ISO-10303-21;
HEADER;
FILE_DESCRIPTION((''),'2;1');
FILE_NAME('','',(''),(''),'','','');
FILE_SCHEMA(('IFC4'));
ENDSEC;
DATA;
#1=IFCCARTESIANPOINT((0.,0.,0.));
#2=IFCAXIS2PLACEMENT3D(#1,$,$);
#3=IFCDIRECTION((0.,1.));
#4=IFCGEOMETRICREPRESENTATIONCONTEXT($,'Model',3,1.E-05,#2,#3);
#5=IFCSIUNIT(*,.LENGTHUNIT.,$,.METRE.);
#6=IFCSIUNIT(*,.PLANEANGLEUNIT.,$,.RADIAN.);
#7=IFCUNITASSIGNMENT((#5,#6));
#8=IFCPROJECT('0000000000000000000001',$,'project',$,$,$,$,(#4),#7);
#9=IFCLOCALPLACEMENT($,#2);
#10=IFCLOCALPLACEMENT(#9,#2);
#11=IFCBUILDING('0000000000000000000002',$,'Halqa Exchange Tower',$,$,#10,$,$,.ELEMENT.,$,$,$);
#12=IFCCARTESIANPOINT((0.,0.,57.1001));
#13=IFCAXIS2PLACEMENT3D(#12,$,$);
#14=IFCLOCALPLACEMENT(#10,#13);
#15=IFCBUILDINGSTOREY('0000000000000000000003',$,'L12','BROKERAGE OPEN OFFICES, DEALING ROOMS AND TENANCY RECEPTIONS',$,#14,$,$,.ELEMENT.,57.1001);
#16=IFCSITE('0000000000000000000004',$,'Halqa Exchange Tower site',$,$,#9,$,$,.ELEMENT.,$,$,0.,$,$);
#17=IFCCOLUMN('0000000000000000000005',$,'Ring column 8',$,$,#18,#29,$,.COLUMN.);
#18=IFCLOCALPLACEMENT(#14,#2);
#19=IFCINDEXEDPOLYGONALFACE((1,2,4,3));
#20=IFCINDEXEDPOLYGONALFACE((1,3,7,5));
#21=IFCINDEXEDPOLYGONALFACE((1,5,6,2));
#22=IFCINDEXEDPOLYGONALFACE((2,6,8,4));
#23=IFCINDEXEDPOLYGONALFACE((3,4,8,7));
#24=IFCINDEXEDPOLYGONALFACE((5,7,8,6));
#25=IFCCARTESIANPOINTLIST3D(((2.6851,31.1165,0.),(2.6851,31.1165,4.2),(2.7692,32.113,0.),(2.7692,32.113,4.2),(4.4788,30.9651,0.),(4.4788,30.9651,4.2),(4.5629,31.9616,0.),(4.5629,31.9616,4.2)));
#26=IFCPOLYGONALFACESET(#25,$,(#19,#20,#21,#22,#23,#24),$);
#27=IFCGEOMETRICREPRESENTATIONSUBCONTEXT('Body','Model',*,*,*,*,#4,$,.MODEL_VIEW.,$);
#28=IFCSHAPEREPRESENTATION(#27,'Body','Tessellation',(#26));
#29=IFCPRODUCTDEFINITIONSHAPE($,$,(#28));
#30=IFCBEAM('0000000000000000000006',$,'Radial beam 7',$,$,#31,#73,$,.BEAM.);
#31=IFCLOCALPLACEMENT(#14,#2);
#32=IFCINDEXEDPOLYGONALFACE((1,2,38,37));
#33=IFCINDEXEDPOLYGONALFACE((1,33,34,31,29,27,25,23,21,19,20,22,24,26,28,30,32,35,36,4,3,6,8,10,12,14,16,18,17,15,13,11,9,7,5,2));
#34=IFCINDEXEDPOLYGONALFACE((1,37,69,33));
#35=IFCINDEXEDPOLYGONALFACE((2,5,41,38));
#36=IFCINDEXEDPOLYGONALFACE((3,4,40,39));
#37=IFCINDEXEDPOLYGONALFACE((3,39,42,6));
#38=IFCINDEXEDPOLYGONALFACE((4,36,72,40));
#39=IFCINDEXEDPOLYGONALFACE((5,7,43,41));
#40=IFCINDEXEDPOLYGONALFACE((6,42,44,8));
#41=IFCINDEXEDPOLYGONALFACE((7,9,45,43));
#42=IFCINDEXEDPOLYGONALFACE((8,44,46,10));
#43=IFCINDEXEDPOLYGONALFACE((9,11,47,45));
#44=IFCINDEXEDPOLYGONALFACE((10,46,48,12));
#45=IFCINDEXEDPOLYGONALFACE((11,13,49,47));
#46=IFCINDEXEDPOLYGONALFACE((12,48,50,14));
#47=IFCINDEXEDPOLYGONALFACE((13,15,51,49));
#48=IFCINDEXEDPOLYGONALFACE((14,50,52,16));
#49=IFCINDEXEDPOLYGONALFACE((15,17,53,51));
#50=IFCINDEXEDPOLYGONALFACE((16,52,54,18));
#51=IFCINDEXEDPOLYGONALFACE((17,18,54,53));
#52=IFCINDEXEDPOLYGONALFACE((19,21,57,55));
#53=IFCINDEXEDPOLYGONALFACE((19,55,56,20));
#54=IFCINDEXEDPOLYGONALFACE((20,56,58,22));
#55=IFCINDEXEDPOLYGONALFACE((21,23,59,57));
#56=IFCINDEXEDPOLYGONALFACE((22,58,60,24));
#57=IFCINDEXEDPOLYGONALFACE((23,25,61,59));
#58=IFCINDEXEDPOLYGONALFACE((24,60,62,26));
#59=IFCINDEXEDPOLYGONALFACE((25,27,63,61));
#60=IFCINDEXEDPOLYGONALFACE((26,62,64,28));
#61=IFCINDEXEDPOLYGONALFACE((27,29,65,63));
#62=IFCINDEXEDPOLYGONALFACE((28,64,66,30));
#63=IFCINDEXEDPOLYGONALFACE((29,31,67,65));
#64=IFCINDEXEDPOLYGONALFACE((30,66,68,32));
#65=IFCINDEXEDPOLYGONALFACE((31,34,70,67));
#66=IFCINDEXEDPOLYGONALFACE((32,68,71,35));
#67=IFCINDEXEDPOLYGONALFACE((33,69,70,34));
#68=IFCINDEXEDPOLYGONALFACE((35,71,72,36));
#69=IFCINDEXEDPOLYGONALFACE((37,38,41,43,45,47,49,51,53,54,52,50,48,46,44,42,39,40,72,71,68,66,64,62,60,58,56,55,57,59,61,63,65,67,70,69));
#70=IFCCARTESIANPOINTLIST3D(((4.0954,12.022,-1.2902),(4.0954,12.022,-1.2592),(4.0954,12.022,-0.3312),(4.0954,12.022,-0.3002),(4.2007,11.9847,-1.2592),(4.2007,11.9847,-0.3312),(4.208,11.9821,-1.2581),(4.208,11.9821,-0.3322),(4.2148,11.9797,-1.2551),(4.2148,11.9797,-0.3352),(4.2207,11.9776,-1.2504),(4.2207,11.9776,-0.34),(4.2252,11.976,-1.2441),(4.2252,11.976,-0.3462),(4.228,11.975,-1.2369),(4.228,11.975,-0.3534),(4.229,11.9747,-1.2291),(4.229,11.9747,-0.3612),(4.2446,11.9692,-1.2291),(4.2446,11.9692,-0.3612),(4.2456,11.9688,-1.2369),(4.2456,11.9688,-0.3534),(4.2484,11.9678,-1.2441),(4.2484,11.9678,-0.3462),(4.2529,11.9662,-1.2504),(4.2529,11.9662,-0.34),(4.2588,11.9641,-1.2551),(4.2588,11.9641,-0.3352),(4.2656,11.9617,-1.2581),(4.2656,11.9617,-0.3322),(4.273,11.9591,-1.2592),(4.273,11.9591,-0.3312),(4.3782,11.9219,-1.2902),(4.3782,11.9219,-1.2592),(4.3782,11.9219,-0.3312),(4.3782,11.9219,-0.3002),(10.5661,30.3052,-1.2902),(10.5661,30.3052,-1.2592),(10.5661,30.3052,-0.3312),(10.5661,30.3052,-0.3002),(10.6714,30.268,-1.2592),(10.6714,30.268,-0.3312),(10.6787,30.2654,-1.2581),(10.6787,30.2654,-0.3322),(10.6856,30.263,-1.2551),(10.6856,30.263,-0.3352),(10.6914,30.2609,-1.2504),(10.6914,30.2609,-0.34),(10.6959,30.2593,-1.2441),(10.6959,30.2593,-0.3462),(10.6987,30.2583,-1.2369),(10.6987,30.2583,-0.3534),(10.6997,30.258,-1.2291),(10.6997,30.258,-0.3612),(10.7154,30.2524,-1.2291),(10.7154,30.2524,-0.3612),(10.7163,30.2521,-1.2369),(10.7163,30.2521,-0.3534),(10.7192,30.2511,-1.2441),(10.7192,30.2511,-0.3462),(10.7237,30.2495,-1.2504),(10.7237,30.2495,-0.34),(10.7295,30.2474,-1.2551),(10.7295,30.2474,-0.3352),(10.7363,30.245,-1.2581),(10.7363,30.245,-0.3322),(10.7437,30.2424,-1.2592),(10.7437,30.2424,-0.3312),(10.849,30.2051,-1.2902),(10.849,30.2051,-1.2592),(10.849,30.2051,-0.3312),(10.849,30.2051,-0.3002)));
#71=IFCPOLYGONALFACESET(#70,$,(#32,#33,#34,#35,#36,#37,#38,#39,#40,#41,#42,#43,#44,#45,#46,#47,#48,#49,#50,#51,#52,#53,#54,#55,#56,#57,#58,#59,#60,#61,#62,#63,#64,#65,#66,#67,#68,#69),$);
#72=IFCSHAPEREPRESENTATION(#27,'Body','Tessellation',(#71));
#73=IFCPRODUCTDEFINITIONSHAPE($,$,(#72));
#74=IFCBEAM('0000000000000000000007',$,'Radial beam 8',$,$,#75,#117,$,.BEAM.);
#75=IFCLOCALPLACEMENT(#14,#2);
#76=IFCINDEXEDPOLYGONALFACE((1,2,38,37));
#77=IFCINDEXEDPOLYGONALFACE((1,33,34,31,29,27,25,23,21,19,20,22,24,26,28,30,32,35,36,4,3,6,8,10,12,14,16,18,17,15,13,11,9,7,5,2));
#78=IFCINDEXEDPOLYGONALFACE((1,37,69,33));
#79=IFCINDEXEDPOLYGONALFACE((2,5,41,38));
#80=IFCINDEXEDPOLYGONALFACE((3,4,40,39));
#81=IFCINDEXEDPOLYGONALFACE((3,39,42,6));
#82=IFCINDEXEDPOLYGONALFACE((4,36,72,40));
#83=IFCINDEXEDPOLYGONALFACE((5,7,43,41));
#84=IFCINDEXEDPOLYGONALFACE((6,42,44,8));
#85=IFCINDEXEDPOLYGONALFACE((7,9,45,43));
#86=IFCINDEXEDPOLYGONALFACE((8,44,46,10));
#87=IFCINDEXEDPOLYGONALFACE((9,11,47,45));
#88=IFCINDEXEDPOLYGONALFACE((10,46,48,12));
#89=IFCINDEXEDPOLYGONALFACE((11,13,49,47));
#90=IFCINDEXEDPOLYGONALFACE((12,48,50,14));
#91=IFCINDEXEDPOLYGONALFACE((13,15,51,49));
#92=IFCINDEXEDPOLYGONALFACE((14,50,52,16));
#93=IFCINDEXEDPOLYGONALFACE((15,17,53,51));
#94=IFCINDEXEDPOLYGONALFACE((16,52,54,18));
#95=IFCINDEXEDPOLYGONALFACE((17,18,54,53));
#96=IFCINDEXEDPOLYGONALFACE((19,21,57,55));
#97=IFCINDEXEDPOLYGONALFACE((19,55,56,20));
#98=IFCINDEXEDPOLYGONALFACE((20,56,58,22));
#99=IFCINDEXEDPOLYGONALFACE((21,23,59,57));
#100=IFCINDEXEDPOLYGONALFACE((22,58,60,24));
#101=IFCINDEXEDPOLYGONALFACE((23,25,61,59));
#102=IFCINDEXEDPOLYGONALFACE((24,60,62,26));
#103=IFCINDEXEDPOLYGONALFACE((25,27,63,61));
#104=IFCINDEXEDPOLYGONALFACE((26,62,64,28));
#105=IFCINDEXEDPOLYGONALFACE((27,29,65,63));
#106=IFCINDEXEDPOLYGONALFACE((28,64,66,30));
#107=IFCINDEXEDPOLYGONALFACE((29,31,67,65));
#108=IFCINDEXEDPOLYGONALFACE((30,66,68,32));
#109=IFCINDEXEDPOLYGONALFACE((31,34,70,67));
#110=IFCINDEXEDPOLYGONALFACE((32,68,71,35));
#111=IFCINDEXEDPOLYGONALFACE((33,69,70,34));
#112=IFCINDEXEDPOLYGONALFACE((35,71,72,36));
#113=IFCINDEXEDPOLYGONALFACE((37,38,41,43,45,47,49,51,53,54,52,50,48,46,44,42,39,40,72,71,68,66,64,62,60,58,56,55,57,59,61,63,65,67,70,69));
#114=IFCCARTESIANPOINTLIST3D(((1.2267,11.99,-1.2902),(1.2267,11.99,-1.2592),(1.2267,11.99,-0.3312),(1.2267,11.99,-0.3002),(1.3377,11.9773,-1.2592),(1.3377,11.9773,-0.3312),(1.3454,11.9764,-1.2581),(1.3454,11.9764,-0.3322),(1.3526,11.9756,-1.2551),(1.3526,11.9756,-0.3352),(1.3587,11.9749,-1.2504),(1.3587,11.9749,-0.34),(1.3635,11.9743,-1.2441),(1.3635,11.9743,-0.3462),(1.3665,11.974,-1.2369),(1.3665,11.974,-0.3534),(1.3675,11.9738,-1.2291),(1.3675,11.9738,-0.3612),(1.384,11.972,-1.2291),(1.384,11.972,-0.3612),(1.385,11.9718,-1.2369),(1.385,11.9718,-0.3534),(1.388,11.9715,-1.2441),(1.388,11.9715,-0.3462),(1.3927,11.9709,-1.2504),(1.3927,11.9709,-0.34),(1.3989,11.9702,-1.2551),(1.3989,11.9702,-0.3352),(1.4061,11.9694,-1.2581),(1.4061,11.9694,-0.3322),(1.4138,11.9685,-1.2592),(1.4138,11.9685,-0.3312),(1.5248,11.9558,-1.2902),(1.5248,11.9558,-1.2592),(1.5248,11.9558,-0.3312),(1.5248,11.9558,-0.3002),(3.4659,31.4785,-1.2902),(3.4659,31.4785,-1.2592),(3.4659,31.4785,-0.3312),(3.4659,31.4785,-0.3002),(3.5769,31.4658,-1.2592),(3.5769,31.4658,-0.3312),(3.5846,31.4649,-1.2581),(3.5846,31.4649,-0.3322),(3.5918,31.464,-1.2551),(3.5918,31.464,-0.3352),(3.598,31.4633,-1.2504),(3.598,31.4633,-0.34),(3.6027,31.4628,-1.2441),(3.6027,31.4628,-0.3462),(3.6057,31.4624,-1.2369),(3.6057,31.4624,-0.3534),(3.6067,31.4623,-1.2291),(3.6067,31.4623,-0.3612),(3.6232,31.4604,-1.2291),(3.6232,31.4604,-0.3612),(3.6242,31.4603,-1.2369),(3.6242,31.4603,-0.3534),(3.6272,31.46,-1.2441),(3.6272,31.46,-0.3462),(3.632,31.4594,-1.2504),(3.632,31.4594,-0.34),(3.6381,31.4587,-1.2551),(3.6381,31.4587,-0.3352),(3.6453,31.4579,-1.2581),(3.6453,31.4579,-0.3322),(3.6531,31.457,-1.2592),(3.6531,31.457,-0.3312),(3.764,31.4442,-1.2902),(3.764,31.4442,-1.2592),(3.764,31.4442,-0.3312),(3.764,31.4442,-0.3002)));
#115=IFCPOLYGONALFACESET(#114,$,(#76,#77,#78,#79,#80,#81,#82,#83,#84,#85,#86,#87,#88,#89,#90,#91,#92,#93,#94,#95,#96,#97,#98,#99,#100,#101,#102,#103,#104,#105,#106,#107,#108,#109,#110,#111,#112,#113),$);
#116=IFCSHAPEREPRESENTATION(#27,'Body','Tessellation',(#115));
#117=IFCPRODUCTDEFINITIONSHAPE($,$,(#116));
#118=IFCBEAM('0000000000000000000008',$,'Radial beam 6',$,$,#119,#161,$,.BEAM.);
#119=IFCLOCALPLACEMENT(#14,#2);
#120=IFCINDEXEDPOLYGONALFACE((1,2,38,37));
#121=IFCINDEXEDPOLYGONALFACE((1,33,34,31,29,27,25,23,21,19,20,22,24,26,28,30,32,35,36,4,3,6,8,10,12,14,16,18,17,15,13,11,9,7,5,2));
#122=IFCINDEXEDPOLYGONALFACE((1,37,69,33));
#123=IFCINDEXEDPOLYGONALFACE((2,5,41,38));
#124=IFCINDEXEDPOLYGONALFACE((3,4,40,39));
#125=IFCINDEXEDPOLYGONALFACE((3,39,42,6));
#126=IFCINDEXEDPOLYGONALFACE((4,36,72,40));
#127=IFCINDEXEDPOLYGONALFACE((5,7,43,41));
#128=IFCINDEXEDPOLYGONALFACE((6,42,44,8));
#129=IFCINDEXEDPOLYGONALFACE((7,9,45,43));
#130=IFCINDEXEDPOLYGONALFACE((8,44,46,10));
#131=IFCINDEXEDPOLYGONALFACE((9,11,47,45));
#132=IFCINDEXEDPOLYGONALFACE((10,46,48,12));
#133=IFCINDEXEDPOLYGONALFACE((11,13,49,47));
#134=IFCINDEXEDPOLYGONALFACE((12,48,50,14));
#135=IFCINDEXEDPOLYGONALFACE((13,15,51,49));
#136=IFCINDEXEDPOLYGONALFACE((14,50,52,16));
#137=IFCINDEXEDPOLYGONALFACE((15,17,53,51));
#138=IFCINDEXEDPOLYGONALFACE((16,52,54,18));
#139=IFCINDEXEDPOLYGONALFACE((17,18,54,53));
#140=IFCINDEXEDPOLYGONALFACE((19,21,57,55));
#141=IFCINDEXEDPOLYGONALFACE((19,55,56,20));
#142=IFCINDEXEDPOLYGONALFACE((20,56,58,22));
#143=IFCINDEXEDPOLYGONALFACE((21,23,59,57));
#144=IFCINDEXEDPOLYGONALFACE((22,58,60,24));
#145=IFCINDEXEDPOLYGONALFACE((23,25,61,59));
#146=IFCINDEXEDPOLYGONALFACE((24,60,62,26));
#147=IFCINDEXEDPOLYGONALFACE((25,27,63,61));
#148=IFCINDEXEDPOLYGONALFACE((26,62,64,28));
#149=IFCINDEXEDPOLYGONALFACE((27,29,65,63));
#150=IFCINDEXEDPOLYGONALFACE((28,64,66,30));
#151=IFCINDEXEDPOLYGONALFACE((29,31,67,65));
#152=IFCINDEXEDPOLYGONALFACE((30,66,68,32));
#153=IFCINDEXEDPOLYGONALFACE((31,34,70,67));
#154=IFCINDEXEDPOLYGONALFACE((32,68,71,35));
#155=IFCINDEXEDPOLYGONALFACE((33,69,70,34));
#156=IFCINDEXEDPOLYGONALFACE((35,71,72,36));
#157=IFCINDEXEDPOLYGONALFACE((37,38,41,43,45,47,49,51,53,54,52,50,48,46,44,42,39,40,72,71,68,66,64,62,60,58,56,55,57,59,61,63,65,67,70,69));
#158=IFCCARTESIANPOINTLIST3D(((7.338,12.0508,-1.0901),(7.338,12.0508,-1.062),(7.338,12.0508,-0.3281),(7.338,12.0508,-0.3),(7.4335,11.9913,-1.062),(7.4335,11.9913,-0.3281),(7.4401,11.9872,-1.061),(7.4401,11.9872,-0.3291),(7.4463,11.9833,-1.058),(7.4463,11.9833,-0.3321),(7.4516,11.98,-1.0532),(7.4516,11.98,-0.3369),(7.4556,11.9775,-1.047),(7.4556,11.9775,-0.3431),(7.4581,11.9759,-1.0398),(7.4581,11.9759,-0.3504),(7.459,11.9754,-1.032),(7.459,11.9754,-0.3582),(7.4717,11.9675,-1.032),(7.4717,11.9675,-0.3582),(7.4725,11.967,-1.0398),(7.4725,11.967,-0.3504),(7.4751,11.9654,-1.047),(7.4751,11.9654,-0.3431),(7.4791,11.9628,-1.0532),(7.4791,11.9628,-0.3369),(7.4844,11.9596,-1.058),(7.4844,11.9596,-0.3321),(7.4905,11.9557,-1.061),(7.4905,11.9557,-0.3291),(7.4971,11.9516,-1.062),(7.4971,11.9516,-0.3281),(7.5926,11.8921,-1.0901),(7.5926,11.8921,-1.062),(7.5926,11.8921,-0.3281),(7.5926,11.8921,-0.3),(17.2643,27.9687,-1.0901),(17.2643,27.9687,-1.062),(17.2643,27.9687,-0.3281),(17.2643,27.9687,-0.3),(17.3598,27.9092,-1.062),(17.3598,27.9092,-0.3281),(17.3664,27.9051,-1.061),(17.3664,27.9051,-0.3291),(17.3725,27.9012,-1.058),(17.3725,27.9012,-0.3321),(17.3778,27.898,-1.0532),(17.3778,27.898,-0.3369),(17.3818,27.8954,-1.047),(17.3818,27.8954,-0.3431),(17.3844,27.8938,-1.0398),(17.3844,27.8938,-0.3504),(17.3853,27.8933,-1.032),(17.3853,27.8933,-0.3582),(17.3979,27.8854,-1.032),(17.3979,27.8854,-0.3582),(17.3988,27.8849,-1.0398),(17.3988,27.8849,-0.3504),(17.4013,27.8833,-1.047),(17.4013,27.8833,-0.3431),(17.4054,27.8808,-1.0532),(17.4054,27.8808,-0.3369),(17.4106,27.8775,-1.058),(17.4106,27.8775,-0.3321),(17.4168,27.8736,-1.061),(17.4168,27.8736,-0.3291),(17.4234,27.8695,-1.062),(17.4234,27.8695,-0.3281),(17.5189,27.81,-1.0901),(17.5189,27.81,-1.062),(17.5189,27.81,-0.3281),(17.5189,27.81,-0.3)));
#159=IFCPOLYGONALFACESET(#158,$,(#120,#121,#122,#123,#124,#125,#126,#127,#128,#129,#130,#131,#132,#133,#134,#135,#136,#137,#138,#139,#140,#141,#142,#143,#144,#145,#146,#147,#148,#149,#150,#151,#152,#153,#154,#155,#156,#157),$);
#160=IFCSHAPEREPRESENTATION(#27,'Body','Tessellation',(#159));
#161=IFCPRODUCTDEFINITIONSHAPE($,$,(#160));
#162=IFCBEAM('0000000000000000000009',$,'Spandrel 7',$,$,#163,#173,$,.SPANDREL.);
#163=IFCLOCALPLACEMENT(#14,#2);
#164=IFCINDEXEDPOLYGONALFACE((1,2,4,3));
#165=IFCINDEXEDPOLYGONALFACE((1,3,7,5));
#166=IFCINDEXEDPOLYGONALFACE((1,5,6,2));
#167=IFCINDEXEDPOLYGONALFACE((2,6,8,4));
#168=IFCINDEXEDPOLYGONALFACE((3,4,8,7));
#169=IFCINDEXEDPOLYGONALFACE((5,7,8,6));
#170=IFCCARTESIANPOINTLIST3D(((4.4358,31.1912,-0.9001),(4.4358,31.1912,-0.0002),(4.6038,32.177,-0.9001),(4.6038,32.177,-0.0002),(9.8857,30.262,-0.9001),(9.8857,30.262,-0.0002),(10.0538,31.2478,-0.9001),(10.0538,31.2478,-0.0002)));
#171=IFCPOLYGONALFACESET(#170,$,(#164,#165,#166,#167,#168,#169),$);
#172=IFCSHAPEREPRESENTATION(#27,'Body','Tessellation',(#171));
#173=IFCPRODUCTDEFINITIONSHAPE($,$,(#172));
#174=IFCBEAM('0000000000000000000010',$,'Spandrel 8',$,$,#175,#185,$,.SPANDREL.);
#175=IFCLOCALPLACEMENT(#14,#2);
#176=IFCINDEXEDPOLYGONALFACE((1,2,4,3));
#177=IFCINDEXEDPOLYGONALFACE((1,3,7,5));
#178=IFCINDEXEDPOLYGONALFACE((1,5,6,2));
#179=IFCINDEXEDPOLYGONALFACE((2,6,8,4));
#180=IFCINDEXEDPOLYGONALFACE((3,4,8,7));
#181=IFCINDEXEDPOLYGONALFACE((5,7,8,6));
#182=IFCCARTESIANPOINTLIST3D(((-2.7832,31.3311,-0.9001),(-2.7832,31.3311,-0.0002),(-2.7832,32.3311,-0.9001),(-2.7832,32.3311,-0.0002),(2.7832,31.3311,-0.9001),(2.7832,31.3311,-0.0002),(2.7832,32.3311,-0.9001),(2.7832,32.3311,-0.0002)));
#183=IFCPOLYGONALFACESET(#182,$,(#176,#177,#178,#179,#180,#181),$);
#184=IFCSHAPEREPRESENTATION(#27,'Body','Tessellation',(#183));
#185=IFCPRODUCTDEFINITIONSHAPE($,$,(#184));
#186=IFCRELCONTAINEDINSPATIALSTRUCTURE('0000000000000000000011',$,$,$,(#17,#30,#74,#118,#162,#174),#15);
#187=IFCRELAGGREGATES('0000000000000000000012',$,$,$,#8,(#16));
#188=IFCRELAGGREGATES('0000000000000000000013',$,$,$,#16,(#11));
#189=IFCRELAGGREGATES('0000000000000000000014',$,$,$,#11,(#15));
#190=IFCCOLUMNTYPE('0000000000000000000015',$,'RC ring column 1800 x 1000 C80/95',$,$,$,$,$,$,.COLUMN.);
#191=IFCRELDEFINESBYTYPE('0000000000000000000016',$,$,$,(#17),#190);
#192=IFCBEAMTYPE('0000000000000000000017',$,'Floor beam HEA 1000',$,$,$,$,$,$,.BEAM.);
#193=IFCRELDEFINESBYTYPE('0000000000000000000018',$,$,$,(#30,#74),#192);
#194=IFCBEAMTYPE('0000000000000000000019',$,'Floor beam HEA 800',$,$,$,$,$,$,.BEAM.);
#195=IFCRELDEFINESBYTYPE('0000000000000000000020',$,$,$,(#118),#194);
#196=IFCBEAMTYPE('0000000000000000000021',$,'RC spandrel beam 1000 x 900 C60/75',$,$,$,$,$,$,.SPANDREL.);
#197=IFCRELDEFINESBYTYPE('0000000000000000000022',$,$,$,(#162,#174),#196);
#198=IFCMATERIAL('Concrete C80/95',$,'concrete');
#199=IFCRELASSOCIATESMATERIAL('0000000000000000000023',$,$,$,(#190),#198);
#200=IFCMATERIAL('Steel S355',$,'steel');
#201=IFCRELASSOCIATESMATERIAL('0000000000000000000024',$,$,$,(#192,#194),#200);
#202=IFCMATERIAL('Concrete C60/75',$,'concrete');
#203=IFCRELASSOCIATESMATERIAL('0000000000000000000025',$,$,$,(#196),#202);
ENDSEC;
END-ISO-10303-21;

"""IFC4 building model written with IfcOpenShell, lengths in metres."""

from ifc_helpers import new_model, si_unit, direction, frame, origin, origin_2d, place, context, subcontext, project, spatial, rectangle, i_section, extrude, material, material_profile, profile_set, type_object, element, save


model = new_model("IFC4")

# Units and contexts
model_context = context("Model", 3, precision=1e-05, world=origin(), true_north=direction((0.0, 1.0)))
body_context = subcontext(model_context, "Body", "Model", "MODEL_VIEW")
ifc_project = project(units=[si_unit("LENGTHUNIT", "METRE"), si_unit("PLANEANGLEUNIT", "RADIAN")], contexts=[model_context])

# Site, building, storey
site_placement = place(None, origin())
site = spatial("IfcSite", under=ifc_project, at=site_placement, Name="Halqa Exchange Tower site", CompositionType="ELEMENT", RefElevation=0.0)
building_placement = place(site_placement, origin())
building = spatial("IfcBuilding", under=site, at=building_placement, Name="Halqa Exchange Tower", CompositionType="ELEMENT")
storey_placement = place(building_placement, frame((0.0, 0.0, 57.1001)))
storey = spatial("IfcBuildingStorey", under=building, at=storey_placement, Name="L12", Description="BROKERAGE OPEN OFFICES, DEALING ROOMS AND TENANCY RECEPTIONS", CompositionType="ELEMENT", Elevation=57.1001)

# Column
ifc_material_1 = material(Name="Concrete C80/95", Category="concrete")
ifc_material_profile_1 = material_profile(ifc_material_1, rectangle(XDim=1.8, YDim=1.0, at=origin_2d()), Name="1800 x 1000")
ifc_profile_set_1 = profile_set([ifc_material_profile_1], Name="Concrete C80/95")
column_type = type_object("IfcColumnType", Name="RC ring column 1800 x 1000 C80/95", PredefinedType="COLUMN", material=ifc_profile_set_1)
column_placement = place(storey_placement, frame((3.624, 31.5391, 0.0), z_axis=(0.0, 0.0, 1.0), x_axis=(-0.996456, 0.08412, 0.0)))
element("IfcColumn", 1, at=column_placement, inside=storey, type_object=column_type, Name="Ring column 8", PredefinedType="COLUMN", context=body_context, shape_type="SweptSolid", body=[
    extrude(rectangle(XDim=1.8, YDim=1.0, at=origin_2d()), origin(), (0.0, 0.0, 1.0), 4.2),
])

# Beams
ifc_material_2 = material(Name="Steel S355", Category="steel")
ifc_material_profile_2 = material_profile(ifc_material_2, i_section(OverallWidth=0.3, OverallDepth=0.99, WebThickness=0.0166, FlangeThickness=0.031, FilletRadius=0.03, at=origin_2d()), Name="HEA 1000")
ifc_profile_set_2 = profile_set([ifc_material_profile_2], Name="Steel S355")
beam_type_1 = type_object("IfcBeamType", Name="Floor beam HEA 1000", PredefinedType="BEAM", material=ifc_profile_set_2)
beam_1_placement = place(storey_placement, frame((4.2368, 11.9719, -0.7952), z_axis=(0.333636, 0.942702, 0.0), x_axis=(-0.942702, 0.333636, 0.0)))
element("IfcBeam", 2, at=beam_1_placement, inside=storey, type_object=beam_type_1, Name="Radial beam 7", PredefinedType="BEAM", context=body_context, shape_type="SweptSolid", body=[
    extrude(i_section(OverallWidth=0.3, OverallDepth=0.99, WebThickness=0.0166, FlangeThickness=0.031, FilletRadius=0.03, at=origin_2d()), origin(), (0.0, 0.0, 1.0), 19.3945),
])
beam_2_placement = place(storey_placement, frame((1.3757, 11.9729, -0.7952), z_axis=(0.11415, 0.993463, 0.0), x_axis=(-0.993463, 0.11415, 0.0)))
element("IfcBeam", 3, at=beam_2_placement, inside=storey, type_object=beam_type_1, Name="Radial beam 8", PredefinedType="BEAM", context=body_context, shape_type="SweptSolid", body=[
    extrude(i_section(OverallWidth=0.3, OverallDepth=0.99, WebThickness=0.0166, FlangeThickness=0.031, FilletRadius=0.03, at=origin_2d()), origin(), (0.0, 0.0, 1.0), 19.6167),
])
ifc_material_profile_3 = material_profile(ifc_material_2, i_section(OverallWidth=0.3, OverallDepth=0.79, WebThickness=0.0149, FlangeThickness=0.0281, FilletRadius=0.03, at=origin_2d()), Name="HEA 800")
ifc_profile_set_3 = profile_set([ifc_material_profile_3], Name="Steel S355")
beam_type_2 = type_object("IfcBeamType", Name="Floor beam HEA 800", PredefinedType="BEAM", material=ifc_profile_set_3)
beam_3_placement = place(storey_placement, frame((7.4653, 11.9714, -0.6951), z_axis=(0.529138, 0.848536, 0.0), x_axis=(-0.848536, 0.529138, 0.0)))
element("IfcBeam", 4, at=beam_3_placement, inside=storey, type_object=beam_type_2, Name="Radial beam 6", PredefinedType="BEAM", context=body_context, shape_type="SweptSolid", body=[
    extrude(i_section(OverallWidth=0.3, OverallDepth=0.79, WebThickness=0.0149, FlangeThickness=0.0281, FilletRadius=0.03, at=origin_2d()), origin(), (0.0, 0.0, 1.0), 18.7593),
])
ifc_material_3 = material(Name="Concrete C60/75", Category="concrete")
ifc_material_profile_4 = material_profile(ifc_material_3, rectangle(XDim=1.0, YDim=0.8999, at=origin_2d()), Name="1000 x 900")
ifc_profile_set_4 = profile_set([ifc_material_profile_4], Name="Concrete C60/75")
beam_type_3 = type_object("IfcBeamType", Name="RC spandrel beam 1000 x 900 C60/75", PredefinedType="SPANDREL", material=ifc_profile_set_4)
beam_4_placement = place(storey_placement, frame((9.9697, 30.7549, -0.4502), z_axis=(-0.985775, 0.168071, 0.0), x_axis=(-0.168071, -0.985775, 0.0)))
element("IfcBeam", 5, at=beam_4_placement, inside=storey, type_object=beam_type_3, Name="Spandrel 7", PredefinedType="SPANDREL", context=body_context, shape_type="SweptSolid", body=[
    extrude(rectangle(XDim=1.0, YDim=0.8999, at=origin_2d()), origin(), (0.0, 0.0, 1.0), 5.5286),
])
beam_5_placement = place(storey_placement, frame((2.7832, 31.8311, -0.4502), z_axis=(-1.0, 0.0, 0.0), x_axis=(0.0, -1.0, 0.0)))
element("IfcBeam", 6, at=beam_5_placement, inside=storey, type_object=beam_type_3, Name="Spandrel 8", PredefinedType="SPANDREL", context=body_context, shape_type="SweptSolid", body=[
    extrude(rectangle(XDim=1.0, YDim=0.8999, at=origin_2d()), origin(), (0.0, 0.0, 1.0), 5.5664),
])

save(model, "model.ifc")
